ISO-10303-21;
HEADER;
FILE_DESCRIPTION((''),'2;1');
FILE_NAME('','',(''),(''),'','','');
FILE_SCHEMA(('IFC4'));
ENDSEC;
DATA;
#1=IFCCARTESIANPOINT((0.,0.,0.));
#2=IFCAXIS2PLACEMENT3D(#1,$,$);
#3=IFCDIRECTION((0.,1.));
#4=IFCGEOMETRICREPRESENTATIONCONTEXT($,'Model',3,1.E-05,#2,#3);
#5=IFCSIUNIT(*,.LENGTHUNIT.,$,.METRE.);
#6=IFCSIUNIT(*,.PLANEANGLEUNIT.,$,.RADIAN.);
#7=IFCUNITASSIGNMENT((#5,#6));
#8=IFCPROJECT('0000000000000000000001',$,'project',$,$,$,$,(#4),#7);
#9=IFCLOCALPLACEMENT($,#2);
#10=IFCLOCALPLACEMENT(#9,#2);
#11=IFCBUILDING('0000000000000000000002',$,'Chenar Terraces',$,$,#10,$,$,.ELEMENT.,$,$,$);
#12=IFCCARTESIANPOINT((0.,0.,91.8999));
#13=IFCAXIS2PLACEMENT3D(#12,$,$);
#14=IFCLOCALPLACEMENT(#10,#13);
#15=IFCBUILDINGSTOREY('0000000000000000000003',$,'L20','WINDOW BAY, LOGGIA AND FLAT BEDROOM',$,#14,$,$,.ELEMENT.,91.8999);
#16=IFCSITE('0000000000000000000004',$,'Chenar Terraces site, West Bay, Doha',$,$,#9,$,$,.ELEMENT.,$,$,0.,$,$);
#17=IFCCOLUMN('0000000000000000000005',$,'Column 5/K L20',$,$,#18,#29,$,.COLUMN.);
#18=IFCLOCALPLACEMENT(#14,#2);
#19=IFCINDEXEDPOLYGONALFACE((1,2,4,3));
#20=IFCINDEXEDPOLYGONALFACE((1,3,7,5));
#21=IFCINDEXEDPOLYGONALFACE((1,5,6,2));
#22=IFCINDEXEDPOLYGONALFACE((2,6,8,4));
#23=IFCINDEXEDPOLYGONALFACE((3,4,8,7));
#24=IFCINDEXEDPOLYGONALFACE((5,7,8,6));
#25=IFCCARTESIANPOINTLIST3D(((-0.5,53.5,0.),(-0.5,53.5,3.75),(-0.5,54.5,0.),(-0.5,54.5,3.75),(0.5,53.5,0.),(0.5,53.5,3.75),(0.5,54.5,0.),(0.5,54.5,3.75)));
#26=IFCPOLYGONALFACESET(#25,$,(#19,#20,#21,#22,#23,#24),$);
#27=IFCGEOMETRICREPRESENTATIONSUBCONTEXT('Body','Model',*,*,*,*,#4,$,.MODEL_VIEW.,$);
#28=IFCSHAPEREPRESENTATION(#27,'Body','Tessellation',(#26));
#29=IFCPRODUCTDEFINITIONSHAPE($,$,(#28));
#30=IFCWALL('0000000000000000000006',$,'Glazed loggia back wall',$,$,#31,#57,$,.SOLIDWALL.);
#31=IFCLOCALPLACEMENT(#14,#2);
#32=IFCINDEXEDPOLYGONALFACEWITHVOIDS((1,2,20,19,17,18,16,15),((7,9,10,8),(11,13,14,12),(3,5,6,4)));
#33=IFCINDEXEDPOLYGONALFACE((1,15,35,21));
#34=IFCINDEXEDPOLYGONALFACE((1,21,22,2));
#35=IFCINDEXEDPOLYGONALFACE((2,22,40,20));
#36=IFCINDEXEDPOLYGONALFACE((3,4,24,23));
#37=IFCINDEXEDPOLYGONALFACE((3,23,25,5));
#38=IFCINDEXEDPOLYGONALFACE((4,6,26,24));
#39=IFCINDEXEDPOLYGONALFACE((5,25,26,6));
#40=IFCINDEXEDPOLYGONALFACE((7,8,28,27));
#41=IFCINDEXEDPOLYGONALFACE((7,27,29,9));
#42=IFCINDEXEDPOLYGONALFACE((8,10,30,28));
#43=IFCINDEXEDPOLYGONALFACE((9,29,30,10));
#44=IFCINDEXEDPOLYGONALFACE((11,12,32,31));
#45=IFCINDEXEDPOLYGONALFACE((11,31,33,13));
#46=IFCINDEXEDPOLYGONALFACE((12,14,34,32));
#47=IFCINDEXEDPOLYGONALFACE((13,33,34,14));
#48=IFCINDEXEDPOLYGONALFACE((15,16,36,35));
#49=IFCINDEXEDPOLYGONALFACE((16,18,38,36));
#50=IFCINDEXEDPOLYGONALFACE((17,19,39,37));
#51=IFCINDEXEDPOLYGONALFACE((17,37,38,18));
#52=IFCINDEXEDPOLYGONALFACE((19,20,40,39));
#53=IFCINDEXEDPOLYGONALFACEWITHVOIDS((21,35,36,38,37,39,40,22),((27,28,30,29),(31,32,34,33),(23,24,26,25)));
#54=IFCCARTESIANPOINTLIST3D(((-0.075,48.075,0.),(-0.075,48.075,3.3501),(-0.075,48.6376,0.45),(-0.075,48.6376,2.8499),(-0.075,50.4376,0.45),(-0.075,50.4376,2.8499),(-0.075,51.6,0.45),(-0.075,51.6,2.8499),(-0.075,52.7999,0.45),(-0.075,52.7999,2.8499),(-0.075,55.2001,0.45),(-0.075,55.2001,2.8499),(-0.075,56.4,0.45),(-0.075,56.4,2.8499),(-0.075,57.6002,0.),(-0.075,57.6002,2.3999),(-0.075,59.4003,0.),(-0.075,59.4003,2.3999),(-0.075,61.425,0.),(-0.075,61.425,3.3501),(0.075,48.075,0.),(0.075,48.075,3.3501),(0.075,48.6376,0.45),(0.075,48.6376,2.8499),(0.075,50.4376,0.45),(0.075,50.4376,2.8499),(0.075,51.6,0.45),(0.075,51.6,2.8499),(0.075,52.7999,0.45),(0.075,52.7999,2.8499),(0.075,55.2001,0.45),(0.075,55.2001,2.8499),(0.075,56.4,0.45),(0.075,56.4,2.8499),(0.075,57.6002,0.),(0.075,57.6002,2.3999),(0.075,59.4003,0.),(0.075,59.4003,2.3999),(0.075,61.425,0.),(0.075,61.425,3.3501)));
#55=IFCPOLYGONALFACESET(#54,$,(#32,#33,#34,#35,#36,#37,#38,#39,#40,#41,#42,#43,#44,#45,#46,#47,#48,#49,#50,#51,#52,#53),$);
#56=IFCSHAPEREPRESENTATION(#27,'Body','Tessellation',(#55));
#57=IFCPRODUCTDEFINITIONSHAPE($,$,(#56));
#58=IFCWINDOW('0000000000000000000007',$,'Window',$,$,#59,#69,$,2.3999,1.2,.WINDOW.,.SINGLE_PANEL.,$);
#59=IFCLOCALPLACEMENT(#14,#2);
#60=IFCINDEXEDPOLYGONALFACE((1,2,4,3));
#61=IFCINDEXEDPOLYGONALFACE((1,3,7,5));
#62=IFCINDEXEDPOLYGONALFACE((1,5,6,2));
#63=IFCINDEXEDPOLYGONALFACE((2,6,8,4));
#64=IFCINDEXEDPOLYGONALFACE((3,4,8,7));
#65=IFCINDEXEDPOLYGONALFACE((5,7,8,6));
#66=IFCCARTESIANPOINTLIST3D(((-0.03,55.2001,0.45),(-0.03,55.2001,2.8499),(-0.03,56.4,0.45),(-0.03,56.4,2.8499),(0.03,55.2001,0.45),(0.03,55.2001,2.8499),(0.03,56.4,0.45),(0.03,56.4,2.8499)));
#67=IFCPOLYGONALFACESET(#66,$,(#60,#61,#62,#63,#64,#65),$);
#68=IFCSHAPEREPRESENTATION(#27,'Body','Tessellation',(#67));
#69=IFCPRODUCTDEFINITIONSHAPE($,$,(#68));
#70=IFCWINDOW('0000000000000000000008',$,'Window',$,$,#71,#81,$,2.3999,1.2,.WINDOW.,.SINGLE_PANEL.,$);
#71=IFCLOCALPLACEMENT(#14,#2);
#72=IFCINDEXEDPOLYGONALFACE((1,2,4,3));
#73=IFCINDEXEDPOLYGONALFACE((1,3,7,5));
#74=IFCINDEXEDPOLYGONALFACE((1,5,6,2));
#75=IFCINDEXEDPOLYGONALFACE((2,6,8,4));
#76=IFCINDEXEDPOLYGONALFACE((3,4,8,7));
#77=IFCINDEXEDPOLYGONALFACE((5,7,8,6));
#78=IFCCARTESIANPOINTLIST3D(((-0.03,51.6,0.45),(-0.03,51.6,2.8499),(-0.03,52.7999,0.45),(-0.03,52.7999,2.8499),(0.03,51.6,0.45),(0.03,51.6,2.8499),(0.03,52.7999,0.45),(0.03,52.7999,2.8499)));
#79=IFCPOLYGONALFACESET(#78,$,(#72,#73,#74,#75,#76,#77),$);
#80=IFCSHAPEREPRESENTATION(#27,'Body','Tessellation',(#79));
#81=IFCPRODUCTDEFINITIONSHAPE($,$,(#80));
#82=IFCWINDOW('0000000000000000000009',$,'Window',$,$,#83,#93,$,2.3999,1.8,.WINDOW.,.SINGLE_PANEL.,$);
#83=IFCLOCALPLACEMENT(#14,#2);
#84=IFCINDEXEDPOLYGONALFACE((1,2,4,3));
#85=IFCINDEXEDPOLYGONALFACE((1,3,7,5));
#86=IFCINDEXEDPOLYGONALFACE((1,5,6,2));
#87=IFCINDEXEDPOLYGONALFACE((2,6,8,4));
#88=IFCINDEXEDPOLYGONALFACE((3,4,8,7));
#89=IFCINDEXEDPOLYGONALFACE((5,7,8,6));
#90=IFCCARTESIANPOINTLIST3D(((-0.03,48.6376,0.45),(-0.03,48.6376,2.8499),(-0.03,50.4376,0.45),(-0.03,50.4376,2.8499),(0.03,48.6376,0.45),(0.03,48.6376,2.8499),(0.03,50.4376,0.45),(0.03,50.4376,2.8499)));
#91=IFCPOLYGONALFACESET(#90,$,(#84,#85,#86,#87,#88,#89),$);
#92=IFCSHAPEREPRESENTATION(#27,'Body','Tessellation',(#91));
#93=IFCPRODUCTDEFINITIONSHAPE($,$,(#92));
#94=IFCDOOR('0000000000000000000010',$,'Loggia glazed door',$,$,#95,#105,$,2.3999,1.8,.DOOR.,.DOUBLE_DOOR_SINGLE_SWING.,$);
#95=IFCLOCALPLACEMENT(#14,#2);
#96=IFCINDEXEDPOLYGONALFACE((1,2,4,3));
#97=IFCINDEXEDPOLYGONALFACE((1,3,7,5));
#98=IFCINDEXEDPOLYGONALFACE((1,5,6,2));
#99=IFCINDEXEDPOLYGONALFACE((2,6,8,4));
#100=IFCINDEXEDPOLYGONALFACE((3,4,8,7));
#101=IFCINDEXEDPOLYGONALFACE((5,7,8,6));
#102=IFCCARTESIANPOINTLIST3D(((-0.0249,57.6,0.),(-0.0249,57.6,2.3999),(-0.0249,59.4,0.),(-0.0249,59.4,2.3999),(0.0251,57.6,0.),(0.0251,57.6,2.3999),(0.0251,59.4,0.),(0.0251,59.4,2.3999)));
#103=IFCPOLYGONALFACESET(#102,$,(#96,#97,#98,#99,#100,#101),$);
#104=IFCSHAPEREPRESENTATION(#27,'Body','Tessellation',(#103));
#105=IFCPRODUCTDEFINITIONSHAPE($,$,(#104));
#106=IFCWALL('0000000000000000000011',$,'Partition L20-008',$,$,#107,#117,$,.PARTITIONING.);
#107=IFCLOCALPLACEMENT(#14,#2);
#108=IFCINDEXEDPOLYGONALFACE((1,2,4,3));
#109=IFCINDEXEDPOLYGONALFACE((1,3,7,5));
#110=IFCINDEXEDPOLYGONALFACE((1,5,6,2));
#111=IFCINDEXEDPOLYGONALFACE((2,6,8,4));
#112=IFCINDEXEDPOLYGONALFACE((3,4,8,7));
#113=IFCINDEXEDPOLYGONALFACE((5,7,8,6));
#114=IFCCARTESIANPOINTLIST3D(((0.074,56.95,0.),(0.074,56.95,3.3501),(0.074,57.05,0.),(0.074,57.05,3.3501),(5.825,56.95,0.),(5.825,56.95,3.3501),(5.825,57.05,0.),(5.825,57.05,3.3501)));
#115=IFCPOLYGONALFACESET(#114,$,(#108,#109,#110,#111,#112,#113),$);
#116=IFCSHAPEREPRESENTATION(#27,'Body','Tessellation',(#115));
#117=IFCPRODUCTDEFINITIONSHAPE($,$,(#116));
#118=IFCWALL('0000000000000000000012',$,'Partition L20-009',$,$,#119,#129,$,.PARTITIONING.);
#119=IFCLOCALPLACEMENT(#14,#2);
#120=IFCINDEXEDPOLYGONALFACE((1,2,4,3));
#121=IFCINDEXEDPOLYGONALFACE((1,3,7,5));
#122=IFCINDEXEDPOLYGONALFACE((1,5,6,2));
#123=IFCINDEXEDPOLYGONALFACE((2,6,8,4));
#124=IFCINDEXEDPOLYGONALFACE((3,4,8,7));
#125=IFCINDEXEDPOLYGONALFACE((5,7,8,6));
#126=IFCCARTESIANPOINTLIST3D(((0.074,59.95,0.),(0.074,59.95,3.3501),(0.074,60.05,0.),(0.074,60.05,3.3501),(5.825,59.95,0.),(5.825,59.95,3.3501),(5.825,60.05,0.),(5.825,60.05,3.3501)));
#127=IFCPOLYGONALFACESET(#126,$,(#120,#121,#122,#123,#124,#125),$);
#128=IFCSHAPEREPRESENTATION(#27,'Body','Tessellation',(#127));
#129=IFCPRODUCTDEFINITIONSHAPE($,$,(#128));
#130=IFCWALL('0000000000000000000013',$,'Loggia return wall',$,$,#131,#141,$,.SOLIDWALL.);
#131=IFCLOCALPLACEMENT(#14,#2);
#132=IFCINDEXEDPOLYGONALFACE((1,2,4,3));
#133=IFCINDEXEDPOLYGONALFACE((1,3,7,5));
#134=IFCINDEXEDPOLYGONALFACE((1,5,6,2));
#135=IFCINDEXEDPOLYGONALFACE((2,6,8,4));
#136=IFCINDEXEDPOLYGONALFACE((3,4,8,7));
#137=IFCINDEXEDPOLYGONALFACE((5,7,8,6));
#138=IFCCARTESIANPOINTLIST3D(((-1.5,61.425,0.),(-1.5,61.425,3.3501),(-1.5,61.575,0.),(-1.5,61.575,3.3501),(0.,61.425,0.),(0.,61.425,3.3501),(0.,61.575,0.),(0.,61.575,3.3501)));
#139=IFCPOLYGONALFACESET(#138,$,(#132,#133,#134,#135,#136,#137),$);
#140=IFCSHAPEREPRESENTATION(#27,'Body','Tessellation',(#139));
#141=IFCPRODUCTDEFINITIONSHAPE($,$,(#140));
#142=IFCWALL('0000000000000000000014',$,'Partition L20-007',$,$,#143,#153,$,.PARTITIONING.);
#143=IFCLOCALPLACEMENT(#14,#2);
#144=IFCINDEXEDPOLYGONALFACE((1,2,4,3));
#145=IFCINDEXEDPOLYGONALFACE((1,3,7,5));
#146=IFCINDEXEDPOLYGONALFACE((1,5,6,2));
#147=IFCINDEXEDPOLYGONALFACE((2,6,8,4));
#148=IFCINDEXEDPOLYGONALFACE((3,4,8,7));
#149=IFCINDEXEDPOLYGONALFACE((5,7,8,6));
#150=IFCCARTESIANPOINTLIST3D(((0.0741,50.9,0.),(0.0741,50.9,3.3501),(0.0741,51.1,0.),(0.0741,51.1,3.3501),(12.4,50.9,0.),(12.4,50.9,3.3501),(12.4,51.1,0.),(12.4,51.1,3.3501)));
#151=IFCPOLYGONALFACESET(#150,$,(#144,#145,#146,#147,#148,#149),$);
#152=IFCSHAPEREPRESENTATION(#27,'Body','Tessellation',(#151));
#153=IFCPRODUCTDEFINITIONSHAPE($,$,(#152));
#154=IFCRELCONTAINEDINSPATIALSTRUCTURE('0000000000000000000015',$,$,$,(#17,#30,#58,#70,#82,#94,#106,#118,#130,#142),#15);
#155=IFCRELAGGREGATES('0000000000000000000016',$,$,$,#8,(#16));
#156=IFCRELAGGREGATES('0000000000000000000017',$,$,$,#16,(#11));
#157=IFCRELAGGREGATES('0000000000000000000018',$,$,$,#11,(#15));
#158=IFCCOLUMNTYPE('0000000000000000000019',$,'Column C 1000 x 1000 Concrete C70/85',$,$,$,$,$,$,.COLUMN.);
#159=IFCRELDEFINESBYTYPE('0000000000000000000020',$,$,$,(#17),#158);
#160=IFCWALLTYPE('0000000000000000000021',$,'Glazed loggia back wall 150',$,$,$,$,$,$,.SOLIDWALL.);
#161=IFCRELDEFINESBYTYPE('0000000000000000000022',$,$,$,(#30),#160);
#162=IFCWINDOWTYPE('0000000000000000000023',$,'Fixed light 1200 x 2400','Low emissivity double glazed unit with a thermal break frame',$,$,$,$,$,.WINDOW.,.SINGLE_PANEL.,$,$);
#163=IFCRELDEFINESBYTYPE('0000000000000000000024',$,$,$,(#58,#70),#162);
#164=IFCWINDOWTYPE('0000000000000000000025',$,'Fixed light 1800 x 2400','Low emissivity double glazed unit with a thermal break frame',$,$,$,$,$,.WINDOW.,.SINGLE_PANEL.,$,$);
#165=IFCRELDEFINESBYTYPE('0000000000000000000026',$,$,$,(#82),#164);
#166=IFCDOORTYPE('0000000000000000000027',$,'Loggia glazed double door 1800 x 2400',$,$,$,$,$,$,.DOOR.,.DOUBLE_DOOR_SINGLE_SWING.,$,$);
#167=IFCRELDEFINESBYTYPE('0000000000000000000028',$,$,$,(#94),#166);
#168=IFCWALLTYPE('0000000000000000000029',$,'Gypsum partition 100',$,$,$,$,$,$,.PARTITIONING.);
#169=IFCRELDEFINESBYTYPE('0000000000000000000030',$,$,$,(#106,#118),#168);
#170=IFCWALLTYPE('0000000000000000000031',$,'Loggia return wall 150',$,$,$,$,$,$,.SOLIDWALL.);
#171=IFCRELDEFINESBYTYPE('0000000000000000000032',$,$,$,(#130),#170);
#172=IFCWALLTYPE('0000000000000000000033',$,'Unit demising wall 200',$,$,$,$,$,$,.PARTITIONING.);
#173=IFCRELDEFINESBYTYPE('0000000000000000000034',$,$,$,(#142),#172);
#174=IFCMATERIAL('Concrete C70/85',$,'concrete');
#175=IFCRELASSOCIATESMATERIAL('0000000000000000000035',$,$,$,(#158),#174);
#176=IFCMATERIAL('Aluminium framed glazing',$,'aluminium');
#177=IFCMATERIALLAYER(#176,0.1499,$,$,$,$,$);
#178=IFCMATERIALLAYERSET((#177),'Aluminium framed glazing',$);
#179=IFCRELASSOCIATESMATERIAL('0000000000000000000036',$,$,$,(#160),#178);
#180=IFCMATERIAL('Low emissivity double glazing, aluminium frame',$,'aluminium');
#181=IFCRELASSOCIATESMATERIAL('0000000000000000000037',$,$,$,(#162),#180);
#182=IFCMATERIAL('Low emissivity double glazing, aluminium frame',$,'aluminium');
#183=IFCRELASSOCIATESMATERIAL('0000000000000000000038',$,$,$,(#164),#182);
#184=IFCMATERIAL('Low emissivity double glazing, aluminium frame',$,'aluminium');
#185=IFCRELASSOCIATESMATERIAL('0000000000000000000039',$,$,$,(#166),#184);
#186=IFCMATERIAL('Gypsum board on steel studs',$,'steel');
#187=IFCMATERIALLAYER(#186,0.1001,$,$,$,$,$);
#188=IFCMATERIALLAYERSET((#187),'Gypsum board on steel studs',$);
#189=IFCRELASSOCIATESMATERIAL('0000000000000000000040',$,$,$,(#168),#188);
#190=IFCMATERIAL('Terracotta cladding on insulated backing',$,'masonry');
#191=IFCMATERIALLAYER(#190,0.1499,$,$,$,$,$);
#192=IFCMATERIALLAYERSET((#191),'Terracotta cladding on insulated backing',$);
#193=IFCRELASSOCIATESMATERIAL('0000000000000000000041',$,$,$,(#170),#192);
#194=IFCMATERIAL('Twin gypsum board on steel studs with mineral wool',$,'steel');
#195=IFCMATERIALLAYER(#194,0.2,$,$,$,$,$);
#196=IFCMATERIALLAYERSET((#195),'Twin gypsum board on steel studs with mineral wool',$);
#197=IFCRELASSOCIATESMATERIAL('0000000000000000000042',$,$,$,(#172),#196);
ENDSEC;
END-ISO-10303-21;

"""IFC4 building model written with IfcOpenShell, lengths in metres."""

from ifc_helpers import new_model, si_unit, direction, frame, frame_2d, origin, origin_2d, place, context, subcontext, project, spatial, rectangle, extrude, material, layer, layer_set, material_profile, profile_set, type_object, element, fill, save


model = new_model("IFC4")

# Units and contexts
model_context = context("Model", 3, precision=1e-05, world=origin(), true_north=direction((0.0, 1.0)))
body_context = subcontext(model_context, "Body", "Model", "MODEL_VIEW")
ifc_project = project(units=[si_unit("LENGTHUNIT", "METRE"), si_unit("PLANEANGLEUNIT", "RADIAN")], contexts=[model_context])

# Site, building, storey
site_placement = place(None, origin())
site = spatial("IfcSite", under=ifc_project, at=site_placement, Name="Chenar Terraces site, West Bay, Doha", CompositionType="ELEMENT", RefElevation=0.0)
building_placement = place(site_placement, origin())
building = spatial("IfcBuilding", under=site, at=building_placement, Name="Chenar Terraces", CompositionType="ELEMENT")
storey_placement = place(building_placement, frame((0.0, 0.0, 91.8999)))
storey = spatial("IfcBuildingStorey", under=building, at=storey_placement, Name="L20", Description="WINDOW BAY, LOGGIA AND FLAT BEDROOM", CompositionType="ELEMENT", Elevation=91.8999)

# Column
ifc_material_1 = material(Name="Concrete C70/85", Category="concrete")
ifc_material_profile_1 = material_profile(ifc_material_1, rectangle(XDim=1.0, YDim=1.0, at=origin_2d()), Name="C 1000 x 1000")
ifc_profile_set_1 = profile_set([ifc_material_profile_1], Name="Concrete C70/85")
column_type = type_object("IfcColumnType", Name="Column C 1000 x 1000 Concrete C70/85", PredefinedType="COLUMN", material=ifc_profile_set_1)
column_placement = place(storey_placement, frame((0.0, 54.0, 0.0), z_axis=(0.0, 0.0, 1.0), x_axis=(1.0, 0.0, 0.0)))
element("IfcColumn", 1, at=column_placement, inside=storey, type_object=column_type, Name="Column 5/K L20", PredefinedType="COLUMN", context=body_context, shape_type="SweptSolid", body=[
    extrude(rectangle(XDim=1.0, YDim=1.0, at=origin_2d()), origin(), (0.0, 0.0, 1.0), 3.75),
])

# Wall, openings, windows, door
ifc_material_2 = material(Name="Aluminium framed glazing", Category="aluminium")
ifc_layer_1 = layer(ifc_material_2, 0.1499)
ifc_layer_set_1 = layer_set([ifc_layer_1], Name="Aluminium framed glazing")
wall_type_1 = type_object("IfcWallType", Name="Glazed loggia back wall 150", PredefinedType="SOLIDWALL", material=ifc_layer_set_1)
wall_1_placement = place(storey_placement, frame((0.0, 61.425, 0.0), z_axis=(0.0, 0.0, 1.0), x_axis=(0.0, -1.0, 0.0)))
wall_1 = element("IfcWall", 2, at=wall_1_placement, inside=storey, type_object=wall_type_1, Name="Glazed loggia back wall", PredefinedType="SOLIDWALL", context=body_context, shape_type="SweptSolid", body=[
    extrude(rectangle(XDim=13.3501, YDim=0.1499, at=frame_2d((6.675, 0.0))), origin(), (0.0, 0.0, 1.0), 3.3501),
])
opening_1_placement = place(wall_1_placement, frame((2.0249, 0.0, 0.0)))
opening_1 = element("IfcOpeningElement", 3, at=opening_1_placement, cuts=wall_1, PredefinedType="OPENING", context=body_context, shape_type="SweptSolid", body=[
    extrude(rectangle(XDim=1.8, YDim=2.3999, at=frame_2d((0.8999, 1.2))), frame((0.0, 0.085, 0.0), z_axis=(0.0, -1.0, 0.0), x_axis=(1.0, 0.0, 0.0)), (0.0, 0.0, 1.0), 0.1699),
])
opening_2_placement = place(wall_1_placement, frame((5.0249, 0.0, 0.45)))
opening_2 = element("IfcOpeningElement", 4, at=opening_2_placement, cuts=wall_1, PredefinedType="OPENING", context=body_context, shape_type="SweptSolid", body=[
    extrude(rectangle(XDim=1.2, YDim=2.3999, at=frame_2d((0.6001, 1.2))), frame((0.0, 0.085, 0.0), z_axis=(0.0, -1.0, 0.0), x_axis=(1.0, 0.0, 0.0)), (0.0, 0.0, 1.0), 0.1699),
])
opening_3_placement = place(wall_1_placement, frame((8.625, 0.0, 0.45)))
opening_3 = element("IfcOpeningElement", 5, at=opening_3_placement, cuts=wall_1, PredefinedType="OPENING", context=body_context, shape_type="SweptSolid", body=[
    extrude(rectangle(XDim=1.2, YDim=2.3999, at=frame_2d((0.6001, 1.2))), frame((0.0, 0.085, 0.0), z_axis=(0.0, -1.0, 0.0), x_axis=(1.0, 0.0, 0.0)), (0.0, 0.0, 1.0), 0.1699),
])
opening_4_placement = place(wall_1_placement, frame((10.9875, 0.0, 0.45)))
opening_4 = element("IfcOpeningElement", 6, at=opening_4_placement, cuts=wall_1, PredefinedType="OPENING", context=body_context, shape_type="SweptSolid", body=[
    extrude(rectangle(XDim=1.8, YDim=2.3999, at=frame_2d((0.8999, 1.2))), frame((0.0, 0.085, 0.0), z_axis=(0.0, -1.0, 0.0), x_axis=(1.0, 0.0, 0.0)), (0.0, 0.0, 1.0), 0.1699),
])
ifc_material_3 = material(Name="Low emissivity double glazing, aluminium frame", Category="aluminium")
window_type_1 = type_object("IfcWindowType", Name="Fixed light 1200 x 2400", Description="Low emissivity double glazed unit with a thermal break frame", PartitioningType="SINGLE_PANEL", PredefinedType="WINDOW", material=ifc_material_3)
window_1_placement = place(opening_2_placement, origin())
window_1 = element("IfcWindow", 7, at=window_1_placement, inside=storey, type_object=window_type_1, Name="Window", OverallHeight=2.3999, OverallWidth=1.2, PartitioningType="SINGLE_PANEL", PredefinedType="WINDOW", context=body_context, shape_type="SweptSolid", body=[
    extrude(rectangle(XDim=1.2, YDim=2.3999, at=frame_2d((0.6001, 1.2))), frame((0.0, 0.03, 0.0), z_axis=(0.0, -1.0, 0.0), x_axis=(1.0, 0.0, 0.0)), (0.0, 0.0, 1.0), 0.0601),
])
fill(opening_2, window_1)
window_2_placement = place(opening_3_placement, origin())
window_2 = element("IfcWindow", 8, at=window_2_placement, inside=storey, type_object=window_type_1, Name="Window", OverallHeight=2.3999, OverallWidth=1.2, PartitioningType="SINGLE_PANEL", PredefinedType="WINDOW", context=body_context, shape_type="SweptSolid", body=[
    extrude(rectangle(XDim=1.2, YDim=2.3999, at=frame_2d((0.6001, 1.2))), frame((0.0, 0.03, 0.0), z_axis=(0.0, -1.0, 0.0), x_axis=(1.0, 0.0, 0.0)), (0.0, 0.0, 1.0), 0.0601),
])
fill(opening_3, window_2)
ifc_material_4 = material(Name="Low emissivity double glazing, aluminium frame", Category="aluminium")
window_type_2 = type_object("IfcWindowType", Name="Fixed light 1800 x 2400", Description="Low emissivity double glazed unit with a thermal break frame", PartitioningType="SINGLE_PANEL", PredefinedType="WINDOW", material=ifc_material_4)
window_3_placement = place(opening_4_placement, origin())
window_3 = element("IfcWindow", 9, at=window_3_placement, inside=storey, type_object=window_type_2, Name="Window", OverallHeight=2.3999, OverallWidth=1.8, PartitioningType="SINGLE_PANEL", PredefinedType="WINDOW", context=body_context, shape_type="SweptSolid", body=[
    extrude(rectangle(XDim=1.8, YDim=2.3999, at=frame_2d((0.8999, 1.2))), frame((0.0, 0.03, 0.0), z_axis=(0.0, -1.0, 0.0), x_axis=(1.0, 0.0, 0.0)), (0.0, 0.0, 1.0), 0.0601),
])
fill(opening_4, window_3)
ifc_material_5 = material(Name="Low emissivity double glazing, aluminium frame", Category="aluminium")
door_type = type_object("IfcDoorType", Name="Loggia glazed double door 1800 x 2400", OperationType="DOUBLE_DOOR_SINGLE_SWING", PredefinedType="DOOR", material=ifc_material_5)
door_placement = place(opening_1_placement, frame((1.8, 0.0, 0.0), z_axis=(0.0, 0.0, 1.0), x_axis=(-1.0, 0.0, 0.0)))
door = element("IfcDoor", 10, at=door_placement, inside=storey, type_object=door_type, Name="Loggia glazed door", OperationType="DOUBLE_DOOR_SINGLE_SWING", OverallHeight=2.3999, OverallWidth=1.8, PredefinedType="DOOR", context=body_context, shape_type="SweptSolid", body=[
    extrude(rectangle(XDim=1.8, YDim=2.3999, at=frame_2d((0.8999, 1.2))), frame((0.0, 0.0249, 0.0), z_axis=(0.0, -1.0, 0.0), x_axis=(1.0, 0.0, 0.0)), (0.0, 0.0, 1.0), 0.05),
])
fill(opening_1, door)

# Walls
ifc_material_6 = material(Name="Gypsum board on steel studs", Category="steel")
ifc_layer_2 = layer(ifc_material_6, 0.1001)
ifc_layer_set_2 = layer_set([ifc_layer_2], Name="Gypsum board on steel studs")
wall_type_2 = type_object("IfcWallType", Name="Gypsum partition 100", PredefinedType="PARTITIONING", material=ifc_layer_set_2)
for number, where, z_axis, x_axis, name in (
    (11, (0.074, 57.0, 0.0), (0.0, 0.0, 1.0), (1.0, 0.0, 0.0), "Partition L20-008"),
    (12, (0.074, 60.0, 0.0), (0.0, 0.0, 1.0), (1.0, 0.0, 0.0), "Partition L20-009"),
):
    element("IfcWall", number, at=place(storey_placement, frame(where, z_axis=z_axis, x_axis=x_axis)), inside=storey, type_object=wall_type_2, Name=name, PredefinedType="PARTITIONING", context=body_context, shape_type="SweptSolid", body=[
        extrude(rectangle(XDim=5.751, YDim=0.1001, at=frame_2d((2.8755, 0.0))), origin(), (0.0, 0.0, 1.0), 3.3501),
    ])
ifc_material_7 = material(Name="Terracotta cladding on insulated backing", Category="masonry")
ifc_layer_3 = layer(ifc_material_7, 0.1499)
ifc_layer_set_3 = layer_set([ifc_layer_3], Name="Terracotta cladding on insulated backing")
wall_type_3 = type_object("IfcWallType", Name="Loggia return wall 150", PredefinedType="SOLIDWALL", material=ifc_layer_set_3)
wall_2_placement = place(storey_placement, frame((-1.5, 61.5, 0.0), z_axis=(0.0, 0.0, 1.0), x_axis=(1.0, 0.0, 0.0)))
element("IfcWall", 13, at=wall_2_placement, inside=storey, type_object=wall_type_3, Name="Loggia return wall", PredefinedType="SOLIDWALL", context=body_context, shape_type="SweptSolid", body=[
    extrude(rectangle(XDim=1.5, YDim=0.1499, at=frame_2d((0.75, 0.0))), origin(), (0.0, 0.0, 1.0), 3.3501),
])
ifc_material_8 = material(Name="Twin gypsum board on steel studs with mineral wool", Category="steel")
ifc_layer_4 = layer(ifc_material_8, 0.2)
ifc_layer_set_4 = layer_set([ifc_layer_4], Name="Twin gypsum board on steel studs with mineral wool")
wall_type_4 = type_object("IfcWallType", Name="Unit demising wall 200", PredefinedType="PARTITIONING", material=ifc_layer_set_4)
wall_3_placement = place(storey_placement, frame((0.074, 51.0, 0.0), z_axis=(0.0, 0.0, 1.0), x_axis=(1.0, 0.0, 0.0)))
element("IfcWall", 14, at=wall_3_placement, inside=storey, type_object=wall_type_4, Name="Partition L20-007", PredefinedType="PARTITIONING", context=body_context, shape_type="SweptSolid", body=[
    extrude(rectangle(XDim=12.3259, YDim=0.2, at=frame_2d((6.1631, 0.0))), origin(), (0.0, 0.0, 1.0), 3.3501),
])

save(model, "model.ifc")
